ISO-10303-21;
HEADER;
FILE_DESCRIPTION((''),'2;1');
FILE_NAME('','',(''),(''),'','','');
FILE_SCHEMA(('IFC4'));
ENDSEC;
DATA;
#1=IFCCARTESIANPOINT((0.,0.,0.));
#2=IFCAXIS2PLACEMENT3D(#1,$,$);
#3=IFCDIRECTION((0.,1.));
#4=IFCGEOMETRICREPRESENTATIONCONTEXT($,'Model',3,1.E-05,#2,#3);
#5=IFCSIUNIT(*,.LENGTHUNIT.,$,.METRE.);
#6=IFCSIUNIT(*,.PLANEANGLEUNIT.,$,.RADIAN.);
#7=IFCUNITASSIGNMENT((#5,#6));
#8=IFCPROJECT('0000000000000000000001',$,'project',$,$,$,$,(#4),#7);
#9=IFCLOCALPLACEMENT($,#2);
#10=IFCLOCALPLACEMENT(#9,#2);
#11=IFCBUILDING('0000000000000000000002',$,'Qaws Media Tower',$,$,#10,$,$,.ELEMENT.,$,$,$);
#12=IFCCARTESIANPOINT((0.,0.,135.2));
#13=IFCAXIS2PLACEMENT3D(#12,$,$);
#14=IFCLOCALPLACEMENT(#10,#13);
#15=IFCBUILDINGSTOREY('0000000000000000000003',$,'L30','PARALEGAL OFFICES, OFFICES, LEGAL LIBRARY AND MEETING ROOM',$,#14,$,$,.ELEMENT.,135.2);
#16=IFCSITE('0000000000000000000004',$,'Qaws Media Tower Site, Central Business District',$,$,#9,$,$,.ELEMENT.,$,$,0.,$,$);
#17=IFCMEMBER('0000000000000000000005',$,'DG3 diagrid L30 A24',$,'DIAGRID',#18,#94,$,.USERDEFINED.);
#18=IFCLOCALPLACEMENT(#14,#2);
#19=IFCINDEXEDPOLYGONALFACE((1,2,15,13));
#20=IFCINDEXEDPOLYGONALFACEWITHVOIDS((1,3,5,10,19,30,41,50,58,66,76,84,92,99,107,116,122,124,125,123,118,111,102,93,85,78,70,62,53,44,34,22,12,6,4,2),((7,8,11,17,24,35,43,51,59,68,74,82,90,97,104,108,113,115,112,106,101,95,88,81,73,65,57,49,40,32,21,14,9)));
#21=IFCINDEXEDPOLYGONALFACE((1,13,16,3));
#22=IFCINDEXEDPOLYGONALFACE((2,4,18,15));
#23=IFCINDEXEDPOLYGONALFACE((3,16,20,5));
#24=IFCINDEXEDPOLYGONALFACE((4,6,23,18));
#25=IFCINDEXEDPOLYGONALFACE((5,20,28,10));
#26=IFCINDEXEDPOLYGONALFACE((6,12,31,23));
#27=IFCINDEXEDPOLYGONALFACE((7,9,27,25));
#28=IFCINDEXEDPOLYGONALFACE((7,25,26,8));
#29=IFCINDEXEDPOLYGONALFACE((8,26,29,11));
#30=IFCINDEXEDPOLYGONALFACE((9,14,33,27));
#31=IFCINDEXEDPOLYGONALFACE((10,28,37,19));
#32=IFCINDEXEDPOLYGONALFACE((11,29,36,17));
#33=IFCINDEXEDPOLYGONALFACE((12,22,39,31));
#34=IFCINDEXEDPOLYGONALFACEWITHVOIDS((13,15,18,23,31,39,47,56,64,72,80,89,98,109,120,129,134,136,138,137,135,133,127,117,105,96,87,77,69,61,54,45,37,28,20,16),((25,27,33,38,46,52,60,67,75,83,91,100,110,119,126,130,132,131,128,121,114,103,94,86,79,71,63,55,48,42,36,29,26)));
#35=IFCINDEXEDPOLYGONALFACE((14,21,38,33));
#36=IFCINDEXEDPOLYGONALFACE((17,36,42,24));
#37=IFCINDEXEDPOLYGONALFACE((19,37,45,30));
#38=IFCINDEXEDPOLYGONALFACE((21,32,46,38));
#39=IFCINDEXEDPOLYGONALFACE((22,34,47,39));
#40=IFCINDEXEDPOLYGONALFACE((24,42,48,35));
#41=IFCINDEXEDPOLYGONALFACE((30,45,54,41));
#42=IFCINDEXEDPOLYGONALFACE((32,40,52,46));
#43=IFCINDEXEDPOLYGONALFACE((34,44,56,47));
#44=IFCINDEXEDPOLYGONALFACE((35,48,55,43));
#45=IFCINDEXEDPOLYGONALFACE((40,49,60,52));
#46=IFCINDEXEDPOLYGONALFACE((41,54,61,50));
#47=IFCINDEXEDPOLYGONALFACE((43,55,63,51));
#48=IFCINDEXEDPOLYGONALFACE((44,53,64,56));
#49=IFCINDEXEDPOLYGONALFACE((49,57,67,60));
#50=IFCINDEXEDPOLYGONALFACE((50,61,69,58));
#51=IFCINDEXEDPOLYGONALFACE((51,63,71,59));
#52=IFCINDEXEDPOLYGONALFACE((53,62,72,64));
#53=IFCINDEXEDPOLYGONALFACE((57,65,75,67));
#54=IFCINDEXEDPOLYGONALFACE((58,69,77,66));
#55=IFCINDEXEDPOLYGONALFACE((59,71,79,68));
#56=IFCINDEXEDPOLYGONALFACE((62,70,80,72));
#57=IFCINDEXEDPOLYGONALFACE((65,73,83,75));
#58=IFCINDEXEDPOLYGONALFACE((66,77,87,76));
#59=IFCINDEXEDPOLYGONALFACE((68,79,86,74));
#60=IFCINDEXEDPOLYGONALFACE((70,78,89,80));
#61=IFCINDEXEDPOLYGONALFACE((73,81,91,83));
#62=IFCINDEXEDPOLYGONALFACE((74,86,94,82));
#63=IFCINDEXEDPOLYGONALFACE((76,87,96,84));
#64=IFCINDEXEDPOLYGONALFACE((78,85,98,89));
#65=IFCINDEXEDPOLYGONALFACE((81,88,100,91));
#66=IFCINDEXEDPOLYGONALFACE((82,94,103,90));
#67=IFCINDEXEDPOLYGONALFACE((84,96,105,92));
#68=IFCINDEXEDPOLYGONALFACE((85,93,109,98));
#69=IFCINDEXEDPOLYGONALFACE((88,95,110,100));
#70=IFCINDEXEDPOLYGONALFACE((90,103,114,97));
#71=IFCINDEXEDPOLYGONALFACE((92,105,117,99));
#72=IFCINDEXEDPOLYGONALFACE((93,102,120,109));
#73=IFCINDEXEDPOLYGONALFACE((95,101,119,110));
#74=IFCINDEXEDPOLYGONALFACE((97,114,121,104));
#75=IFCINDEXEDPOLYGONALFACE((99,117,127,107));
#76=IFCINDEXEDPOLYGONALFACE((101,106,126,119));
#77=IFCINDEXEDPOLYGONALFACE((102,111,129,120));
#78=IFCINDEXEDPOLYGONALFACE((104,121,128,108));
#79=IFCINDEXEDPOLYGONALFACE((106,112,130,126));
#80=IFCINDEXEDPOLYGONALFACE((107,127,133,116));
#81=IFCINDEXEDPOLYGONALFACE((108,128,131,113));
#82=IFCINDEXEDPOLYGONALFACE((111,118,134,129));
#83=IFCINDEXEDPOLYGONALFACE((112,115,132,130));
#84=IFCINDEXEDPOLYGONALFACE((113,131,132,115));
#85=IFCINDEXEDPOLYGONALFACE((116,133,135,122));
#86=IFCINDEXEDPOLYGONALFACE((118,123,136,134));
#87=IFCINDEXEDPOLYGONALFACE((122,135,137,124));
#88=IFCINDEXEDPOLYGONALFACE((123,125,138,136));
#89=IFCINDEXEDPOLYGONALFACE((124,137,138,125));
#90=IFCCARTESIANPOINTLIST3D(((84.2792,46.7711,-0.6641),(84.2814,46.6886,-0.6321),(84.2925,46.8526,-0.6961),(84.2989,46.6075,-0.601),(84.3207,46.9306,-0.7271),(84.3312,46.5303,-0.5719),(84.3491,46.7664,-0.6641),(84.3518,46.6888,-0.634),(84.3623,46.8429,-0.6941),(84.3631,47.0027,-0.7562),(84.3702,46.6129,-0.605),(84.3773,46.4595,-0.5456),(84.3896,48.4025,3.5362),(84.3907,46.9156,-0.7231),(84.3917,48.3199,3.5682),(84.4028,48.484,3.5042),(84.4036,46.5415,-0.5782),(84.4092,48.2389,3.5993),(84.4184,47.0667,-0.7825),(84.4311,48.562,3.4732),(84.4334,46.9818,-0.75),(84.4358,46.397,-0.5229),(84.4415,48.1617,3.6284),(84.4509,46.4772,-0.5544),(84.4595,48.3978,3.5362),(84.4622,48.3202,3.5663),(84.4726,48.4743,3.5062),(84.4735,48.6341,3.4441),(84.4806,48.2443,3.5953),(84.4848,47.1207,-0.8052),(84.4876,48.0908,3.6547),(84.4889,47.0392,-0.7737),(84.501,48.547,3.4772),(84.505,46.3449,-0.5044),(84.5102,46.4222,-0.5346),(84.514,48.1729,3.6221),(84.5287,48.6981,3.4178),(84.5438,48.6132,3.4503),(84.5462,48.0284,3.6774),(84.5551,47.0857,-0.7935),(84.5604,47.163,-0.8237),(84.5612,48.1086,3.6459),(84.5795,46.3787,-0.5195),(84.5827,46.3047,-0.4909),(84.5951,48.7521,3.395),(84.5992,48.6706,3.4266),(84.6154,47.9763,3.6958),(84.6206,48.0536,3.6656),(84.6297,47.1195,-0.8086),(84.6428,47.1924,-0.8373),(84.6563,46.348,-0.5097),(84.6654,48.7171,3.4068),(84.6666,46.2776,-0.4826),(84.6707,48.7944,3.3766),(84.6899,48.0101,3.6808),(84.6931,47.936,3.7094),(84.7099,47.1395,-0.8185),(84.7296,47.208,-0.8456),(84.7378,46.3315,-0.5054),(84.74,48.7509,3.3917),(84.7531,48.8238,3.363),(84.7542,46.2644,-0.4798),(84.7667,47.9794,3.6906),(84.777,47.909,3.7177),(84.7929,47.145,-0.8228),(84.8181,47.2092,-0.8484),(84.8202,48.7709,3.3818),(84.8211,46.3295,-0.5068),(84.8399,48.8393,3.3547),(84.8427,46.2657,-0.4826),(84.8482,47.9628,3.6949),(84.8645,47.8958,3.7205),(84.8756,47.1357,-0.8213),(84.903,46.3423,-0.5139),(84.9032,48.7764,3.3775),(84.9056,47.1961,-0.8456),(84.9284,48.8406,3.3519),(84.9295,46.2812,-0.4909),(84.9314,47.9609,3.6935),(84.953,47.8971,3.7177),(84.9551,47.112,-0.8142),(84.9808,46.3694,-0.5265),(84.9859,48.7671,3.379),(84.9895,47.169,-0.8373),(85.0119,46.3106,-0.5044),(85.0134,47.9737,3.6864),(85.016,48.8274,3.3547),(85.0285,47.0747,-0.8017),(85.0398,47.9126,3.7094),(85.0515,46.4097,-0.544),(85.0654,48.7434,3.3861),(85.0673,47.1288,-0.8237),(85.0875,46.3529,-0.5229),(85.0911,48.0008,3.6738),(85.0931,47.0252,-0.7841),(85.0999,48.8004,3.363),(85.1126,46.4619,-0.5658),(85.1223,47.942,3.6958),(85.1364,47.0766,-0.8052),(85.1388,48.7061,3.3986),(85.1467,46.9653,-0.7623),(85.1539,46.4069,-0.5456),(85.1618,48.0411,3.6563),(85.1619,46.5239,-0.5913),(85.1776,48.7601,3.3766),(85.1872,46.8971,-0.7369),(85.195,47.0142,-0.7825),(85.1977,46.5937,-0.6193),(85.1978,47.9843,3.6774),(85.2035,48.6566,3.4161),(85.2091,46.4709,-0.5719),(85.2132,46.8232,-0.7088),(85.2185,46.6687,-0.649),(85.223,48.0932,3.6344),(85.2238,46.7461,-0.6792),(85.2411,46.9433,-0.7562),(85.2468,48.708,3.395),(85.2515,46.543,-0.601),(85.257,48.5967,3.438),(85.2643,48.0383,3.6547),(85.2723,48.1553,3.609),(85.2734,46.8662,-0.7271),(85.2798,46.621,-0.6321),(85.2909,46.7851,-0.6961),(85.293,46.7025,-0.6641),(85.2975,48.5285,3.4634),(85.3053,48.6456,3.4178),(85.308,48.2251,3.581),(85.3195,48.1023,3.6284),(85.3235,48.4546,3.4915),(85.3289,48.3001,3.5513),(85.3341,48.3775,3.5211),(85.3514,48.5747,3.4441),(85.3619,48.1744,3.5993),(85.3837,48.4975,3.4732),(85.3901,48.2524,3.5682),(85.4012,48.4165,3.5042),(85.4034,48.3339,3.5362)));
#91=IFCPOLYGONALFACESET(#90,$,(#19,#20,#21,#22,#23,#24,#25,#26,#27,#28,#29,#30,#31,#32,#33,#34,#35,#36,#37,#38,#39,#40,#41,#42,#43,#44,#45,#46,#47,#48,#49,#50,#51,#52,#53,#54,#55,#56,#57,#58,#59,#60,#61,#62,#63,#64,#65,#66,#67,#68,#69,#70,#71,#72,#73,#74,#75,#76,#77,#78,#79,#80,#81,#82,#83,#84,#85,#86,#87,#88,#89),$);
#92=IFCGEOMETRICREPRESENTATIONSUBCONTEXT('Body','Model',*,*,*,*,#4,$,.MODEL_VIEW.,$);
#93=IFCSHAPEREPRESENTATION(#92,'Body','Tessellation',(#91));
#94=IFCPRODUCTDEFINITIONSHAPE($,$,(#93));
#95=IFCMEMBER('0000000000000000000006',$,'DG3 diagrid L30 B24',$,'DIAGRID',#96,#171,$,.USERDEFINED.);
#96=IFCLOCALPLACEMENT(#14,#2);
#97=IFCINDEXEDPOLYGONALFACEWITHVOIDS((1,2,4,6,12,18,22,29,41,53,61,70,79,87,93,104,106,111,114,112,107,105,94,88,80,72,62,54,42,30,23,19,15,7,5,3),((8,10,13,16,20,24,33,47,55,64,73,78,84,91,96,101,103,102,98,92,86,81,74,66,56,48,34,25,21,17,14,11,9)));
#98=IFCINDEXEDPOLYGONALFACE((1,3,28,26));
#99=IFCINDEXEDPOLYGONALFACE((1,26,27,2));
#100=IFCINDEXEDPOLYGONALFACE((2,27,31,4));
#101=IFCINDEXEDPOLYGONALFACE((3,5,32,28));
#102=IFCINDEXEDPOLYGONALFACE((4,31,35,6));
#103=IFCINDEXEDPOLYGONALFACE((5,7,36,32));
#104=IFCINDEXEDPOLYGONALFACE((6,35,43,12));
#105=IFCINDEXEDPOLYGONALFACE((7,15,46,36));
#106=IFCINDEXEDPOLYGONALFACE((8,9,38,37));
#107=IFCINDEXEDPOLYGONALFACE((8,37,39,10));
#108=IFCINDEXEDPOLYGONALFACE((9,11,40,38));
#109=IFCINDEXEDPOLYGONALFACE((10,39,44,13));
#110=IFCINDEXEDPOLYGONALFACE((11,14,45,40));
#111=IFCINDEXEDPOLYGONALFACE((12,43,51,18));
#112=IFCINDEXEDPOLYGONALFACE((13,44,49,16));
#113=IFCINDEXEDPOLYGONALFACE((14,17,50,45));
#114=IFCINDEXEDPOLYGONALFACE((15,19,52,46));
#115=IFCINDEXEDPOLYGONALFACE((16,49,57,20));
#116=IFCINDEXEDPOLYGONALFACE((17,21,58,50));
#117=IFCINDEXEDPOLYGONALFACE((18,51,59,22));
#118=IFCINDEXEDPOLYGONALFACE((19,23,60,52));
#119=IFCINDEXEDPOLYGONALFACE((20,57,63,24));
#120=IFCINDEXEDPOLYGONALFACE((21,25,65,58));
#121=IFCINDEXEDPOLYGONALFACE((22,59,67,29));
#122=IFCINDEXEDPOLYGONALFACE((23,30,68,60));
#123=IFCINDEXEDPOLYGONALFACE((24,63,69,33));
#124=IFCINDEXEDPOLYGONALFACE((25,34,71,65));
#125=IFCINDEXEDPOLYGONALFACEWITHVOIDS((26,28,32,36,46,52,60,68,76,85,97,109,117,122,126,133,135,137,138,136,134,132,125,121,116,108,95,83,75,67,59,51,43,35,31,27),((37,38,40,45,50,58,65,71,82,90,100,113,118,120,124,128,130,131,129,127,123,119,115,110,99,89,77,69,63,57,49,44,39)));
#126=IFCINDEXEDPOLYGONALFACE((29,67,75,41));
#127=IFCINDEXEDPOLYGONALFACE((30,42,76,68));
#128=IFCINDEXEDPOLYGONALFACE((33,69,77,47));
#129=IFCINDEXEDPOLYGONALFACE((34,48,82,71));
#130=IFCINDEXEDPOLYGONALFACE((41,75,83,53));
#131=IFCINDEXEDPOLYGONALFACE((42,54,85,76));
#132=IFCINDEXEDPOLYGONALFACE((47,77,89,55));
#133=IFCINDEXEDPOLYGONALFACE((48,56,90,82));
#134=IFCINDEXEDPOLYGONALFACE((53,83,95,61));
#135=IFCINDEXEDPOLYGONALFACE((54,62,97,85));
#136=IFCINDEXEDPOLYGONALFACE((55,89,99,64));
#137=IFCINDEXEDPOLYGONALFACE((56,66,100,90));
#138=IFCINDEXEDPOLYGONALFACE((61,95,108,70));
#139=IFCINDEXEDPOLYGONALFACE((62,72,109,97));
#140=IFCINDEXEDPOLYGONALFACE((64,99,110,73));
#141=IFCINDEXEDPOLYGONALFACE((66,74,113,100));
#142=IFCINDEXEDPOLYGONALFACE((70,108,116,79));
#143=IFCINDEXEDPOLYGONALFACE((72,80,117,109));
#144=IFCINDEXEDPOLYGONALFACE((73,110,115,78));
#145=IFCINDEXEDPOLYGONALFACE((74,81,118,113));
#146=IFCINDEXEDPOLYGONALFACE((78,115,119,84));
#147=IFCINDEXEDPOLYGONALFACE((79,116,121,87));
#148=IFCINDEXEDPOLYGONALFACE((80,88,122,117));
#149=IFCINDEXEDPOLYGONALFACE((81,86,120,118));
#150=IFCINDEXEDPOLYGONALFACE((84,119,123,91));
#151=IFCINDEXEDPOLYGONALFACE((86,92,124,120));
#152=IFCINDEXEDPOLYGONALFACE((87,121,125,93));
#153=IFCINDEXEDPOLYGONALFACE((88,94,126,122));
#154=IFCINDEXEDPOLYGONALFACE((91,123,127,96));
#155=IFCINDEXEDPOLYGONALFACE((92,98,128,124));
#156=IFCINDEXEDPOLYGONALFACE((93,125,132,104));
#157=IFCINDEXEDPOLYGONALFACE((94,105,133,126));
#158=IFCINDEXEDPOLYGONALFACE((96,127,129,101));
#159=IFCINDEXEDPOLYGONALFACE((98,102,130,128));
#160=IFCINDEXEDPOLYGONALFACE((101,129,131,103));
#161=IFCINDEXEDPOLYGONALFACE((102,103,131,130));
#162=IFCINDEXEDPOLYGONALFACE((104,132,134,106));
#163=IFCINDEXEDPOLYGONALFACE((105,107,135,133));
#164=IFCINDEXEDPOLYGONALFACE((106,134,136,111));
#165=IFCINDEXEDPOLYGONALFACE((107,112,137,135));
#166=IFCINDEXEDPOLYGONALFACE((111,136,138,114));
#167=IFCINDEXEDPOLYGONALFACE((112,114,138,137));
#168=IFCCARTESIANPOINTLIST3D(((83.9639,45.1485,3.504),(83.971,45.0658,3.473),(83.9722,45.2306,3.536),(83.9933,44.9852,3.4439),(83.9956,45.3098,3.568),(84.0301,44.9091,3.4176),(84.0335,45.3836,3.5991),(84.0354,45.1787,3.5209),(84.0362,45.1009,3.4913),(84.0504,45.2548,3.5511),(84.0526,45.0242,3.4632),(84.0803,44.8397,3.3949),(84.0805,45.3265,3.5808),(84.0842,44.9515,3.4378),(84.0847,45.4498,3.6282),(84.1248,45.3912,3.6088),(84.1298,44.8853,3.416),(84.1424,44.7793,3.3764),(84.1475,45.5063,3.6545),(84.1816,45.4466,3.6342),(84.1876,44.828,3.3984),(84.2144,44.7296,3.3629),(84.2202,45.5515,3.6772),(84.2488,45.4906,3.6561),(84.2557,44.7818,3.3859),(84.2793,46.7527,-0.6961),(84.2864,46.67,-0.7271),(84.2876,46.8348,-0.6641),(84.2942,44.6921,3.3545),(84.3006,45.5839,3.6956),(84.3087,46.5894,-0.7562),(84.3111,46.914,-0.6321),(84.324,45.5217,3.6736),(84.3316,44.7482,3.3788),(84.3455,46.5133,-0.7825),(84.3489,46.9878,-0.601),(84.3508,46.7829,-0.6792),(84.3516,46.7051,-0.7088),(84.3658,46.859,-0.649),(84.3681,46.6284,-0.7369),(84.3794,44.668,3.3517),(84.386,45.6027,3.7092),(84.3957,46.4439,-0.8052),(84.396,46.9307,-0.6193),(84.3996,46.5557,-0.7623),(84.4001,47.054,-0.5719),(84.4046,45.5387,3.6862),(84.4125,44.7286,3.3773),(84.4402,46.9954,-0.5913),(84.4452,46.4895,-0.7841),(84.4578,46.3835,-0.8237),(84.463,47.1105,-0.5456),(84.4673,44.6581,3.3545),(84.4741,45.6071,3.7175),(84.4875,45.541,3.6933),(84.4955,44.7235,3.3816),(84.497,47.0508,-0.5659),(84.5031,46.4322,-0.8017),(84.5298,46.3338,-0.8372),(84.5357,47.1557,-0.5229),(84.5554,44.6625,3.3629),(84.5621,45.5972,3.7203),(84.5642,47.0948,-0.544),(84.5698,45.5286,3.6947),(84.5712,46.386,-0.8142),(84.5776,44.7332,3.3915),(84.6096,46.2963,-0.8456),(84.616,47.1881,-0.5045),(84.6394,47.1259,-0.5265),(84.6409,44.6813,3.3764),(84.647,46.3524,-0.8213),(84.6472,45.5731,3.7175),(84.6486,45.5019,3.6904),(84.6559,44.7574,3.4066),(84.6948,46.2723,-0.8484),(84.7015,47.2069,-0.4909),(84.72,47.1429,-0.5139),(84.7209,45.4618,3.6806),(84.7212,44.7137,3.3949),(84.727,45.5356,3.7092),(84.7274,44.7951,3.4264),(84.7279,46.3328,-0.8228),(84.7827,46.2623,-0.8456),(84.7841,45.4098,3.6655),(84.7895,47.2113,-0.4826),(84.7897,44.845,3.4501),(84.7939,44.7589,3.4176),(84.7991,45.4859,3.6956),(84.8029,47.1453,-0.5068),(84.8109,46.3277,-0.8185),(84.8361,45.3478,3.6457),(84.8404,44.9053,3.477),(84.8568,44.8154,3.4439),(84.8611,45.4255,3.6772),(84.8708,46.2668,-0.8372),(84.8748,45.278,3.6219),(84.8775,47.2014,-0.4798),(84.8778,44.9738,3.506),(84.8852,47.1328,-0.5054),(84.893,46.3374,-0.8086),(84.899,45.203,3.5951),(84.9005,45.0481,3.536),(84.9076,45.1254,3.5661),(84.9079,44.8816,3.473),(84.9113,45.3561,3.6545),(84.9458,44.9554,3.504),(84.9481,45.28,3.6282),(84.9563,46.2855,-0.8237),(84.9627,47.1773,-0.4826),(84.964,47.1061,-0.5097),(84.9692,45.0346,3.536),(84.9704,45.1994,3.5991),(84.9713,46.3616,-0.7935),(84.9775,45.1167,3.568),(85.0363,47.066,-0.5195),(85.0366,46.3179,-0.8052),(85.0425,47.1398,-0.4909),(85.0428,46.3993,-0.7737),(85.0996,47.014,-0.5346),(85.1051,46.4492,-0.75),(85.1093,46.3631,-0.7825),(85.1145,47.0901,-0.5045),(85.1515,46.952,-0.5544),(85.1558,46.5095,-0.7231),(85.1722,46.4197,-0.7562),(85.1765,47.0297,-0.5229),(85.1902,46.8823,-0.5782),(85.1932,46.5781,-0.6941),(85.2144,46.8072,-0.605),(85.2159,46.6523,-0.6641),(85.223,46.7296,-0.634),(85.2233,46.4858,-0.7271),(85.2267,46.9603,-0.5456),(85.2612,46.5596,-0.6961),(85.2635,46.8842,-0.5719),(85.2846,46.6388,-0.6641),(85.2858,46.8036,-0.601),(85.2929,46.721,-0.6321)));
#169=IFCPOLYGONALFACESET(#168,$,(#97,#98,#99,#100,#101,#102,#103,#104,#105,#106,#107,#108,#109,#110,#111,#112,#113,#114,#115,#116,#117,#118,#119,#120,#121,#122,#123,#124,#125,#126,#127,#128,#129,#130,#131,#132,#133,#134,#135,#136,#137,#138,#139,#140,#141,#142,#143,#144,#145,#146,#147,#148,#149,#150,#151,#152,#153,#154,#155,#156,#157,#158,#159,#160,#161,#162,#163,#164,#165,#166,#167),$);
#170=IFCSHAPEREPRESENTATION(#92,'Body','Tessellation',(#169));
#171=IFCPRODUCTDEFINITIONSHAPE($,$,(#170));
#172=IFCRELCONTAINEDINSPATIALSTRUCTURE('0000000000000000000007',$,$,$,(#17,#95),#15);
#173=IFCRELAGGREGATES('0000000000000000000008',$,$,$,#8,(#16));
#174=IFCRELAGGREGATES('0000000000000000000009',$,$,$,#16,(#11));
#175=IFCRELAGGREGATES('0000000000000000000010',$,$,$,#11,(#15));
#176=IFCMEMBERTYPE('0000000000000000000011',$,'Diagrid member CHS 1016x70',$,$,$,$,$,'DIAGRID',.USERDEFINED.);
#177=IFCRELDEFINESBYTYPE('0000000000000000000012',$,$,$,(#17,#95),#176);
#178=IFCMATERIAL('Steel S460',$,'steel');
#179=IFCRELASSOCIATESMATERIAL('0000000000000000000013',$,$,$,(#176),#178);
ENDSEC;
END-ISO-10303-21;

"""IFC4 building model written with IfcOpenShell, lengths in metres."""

from ifc_helpers import new_model, si_unit, direction, frame, origin, origin_2d, place, context, subcontext, project, spatial, hollow_circle, extrude, material, material_profile, profile_set, type_object, element, save


model = new_model("IFC4")

# Units and contexts
model_context = context("Model", 3, precision=1e-05, world=origin(), true_north=direction((0.0, 1.0)))
body_context = subcontext(model_context, "Body", "Model", "MODEL_VIEW")
ifc_project = project(units=[si_unit("LENGTHUNIT", "METRE"), si_unit("PLANEANGLEUNIT", "RADIAN")], contexts=[model_context])

# Site, building, storey
site_placement = place(None, origin())
site = spatial("IfcSite", under=ifc_project, at=site_placement, Name="Qaws Media Tower Site, Central Business District", CompositionType="ELEMENT", RefElevation=0.0)
building_placement = place(site_placement, origin())
building = spatial("IfcBuilding", under=site, at=building_placement, Name="Qaws Media Tower", CompositionType="ELEMENT")
storey_placement = place(building_placement, frame((0.0, 0.0, 135.2)))
storey = spatial("IfcBuildingStorey", under=building, at=storey_placement, Name="L30", Description="PARALEGAL OFFICES, OFFICES, LEGAL LIBRARY AND MEETING ROOM", CompositionType="ELEMENT", Elevation=135.2)

# Members
ifc_material_1 = material(Name="Steel S460", Category="steel")
ifc_material_profile_1 = material_profile(ifc_material_1, hollow_circle(Radius=0.5081, WallThickness=0.0701, at=origin_2d()), Name="CHS 1016x70")
ifc_profile_set_1 = profile_set([ifc_material_profile_1], Name="Steel S460")
member_type_1 = type_object("IfcMemberType", Name="Diagrid member CHS 1016x70", ElementType="DIAGRID", PredefinedType="USERDEFINED", material=ifc_profile_set_1)
for number, where, z_axis, x_axis, name in (
    (1, (84.7861, 46.7368, -0.6641), (0.024483, 0.36194, 0.93188), (-0.99772, 0.06749, 0.0), "DG3 diagrid L30 A24"),
):
    element("IfcMember", number, at=place(storey_placement, frame(where, z_axis=z_axis, x_axis=x_axis)), inside=storey, type_object=member_type_1, Name=name, ObjectType="DIAGRID", PredefinedType="USERDEFINED", context=body_context, shape_type="SweptSolid", body=[
        extrude(hollow_circle(Radius=0.5081, WallThickness=0.0701, at=origin_2d()), origin(), (0.0, 0.0, 1.0), 4.5073),
    ])
member_1_placement = place(storey_placement, frame((84.7861, 46.7368, -0.6641), z_axis=(-0.069984, -0.355931, 0.931888), x_axis=(0.981213, -0.192928, 0.0)))
element("IfcMember", 2, at=member_1_placement, inside=storey, type_object=member_type_1, Name="DG3 diagrid L30 B24", ObjectType="DIAGRID", PredefinedType="USERDEFINED", context=body_context, shape_type="SweptSolid", body=[
    extrude(hollow_circle(Radius=0.5081, WallThickness=0.0701, at=origin_2d()), origin(), (0.0, 0.0, 1.0), 4.5071),
])

save(model, "model.ifc")
